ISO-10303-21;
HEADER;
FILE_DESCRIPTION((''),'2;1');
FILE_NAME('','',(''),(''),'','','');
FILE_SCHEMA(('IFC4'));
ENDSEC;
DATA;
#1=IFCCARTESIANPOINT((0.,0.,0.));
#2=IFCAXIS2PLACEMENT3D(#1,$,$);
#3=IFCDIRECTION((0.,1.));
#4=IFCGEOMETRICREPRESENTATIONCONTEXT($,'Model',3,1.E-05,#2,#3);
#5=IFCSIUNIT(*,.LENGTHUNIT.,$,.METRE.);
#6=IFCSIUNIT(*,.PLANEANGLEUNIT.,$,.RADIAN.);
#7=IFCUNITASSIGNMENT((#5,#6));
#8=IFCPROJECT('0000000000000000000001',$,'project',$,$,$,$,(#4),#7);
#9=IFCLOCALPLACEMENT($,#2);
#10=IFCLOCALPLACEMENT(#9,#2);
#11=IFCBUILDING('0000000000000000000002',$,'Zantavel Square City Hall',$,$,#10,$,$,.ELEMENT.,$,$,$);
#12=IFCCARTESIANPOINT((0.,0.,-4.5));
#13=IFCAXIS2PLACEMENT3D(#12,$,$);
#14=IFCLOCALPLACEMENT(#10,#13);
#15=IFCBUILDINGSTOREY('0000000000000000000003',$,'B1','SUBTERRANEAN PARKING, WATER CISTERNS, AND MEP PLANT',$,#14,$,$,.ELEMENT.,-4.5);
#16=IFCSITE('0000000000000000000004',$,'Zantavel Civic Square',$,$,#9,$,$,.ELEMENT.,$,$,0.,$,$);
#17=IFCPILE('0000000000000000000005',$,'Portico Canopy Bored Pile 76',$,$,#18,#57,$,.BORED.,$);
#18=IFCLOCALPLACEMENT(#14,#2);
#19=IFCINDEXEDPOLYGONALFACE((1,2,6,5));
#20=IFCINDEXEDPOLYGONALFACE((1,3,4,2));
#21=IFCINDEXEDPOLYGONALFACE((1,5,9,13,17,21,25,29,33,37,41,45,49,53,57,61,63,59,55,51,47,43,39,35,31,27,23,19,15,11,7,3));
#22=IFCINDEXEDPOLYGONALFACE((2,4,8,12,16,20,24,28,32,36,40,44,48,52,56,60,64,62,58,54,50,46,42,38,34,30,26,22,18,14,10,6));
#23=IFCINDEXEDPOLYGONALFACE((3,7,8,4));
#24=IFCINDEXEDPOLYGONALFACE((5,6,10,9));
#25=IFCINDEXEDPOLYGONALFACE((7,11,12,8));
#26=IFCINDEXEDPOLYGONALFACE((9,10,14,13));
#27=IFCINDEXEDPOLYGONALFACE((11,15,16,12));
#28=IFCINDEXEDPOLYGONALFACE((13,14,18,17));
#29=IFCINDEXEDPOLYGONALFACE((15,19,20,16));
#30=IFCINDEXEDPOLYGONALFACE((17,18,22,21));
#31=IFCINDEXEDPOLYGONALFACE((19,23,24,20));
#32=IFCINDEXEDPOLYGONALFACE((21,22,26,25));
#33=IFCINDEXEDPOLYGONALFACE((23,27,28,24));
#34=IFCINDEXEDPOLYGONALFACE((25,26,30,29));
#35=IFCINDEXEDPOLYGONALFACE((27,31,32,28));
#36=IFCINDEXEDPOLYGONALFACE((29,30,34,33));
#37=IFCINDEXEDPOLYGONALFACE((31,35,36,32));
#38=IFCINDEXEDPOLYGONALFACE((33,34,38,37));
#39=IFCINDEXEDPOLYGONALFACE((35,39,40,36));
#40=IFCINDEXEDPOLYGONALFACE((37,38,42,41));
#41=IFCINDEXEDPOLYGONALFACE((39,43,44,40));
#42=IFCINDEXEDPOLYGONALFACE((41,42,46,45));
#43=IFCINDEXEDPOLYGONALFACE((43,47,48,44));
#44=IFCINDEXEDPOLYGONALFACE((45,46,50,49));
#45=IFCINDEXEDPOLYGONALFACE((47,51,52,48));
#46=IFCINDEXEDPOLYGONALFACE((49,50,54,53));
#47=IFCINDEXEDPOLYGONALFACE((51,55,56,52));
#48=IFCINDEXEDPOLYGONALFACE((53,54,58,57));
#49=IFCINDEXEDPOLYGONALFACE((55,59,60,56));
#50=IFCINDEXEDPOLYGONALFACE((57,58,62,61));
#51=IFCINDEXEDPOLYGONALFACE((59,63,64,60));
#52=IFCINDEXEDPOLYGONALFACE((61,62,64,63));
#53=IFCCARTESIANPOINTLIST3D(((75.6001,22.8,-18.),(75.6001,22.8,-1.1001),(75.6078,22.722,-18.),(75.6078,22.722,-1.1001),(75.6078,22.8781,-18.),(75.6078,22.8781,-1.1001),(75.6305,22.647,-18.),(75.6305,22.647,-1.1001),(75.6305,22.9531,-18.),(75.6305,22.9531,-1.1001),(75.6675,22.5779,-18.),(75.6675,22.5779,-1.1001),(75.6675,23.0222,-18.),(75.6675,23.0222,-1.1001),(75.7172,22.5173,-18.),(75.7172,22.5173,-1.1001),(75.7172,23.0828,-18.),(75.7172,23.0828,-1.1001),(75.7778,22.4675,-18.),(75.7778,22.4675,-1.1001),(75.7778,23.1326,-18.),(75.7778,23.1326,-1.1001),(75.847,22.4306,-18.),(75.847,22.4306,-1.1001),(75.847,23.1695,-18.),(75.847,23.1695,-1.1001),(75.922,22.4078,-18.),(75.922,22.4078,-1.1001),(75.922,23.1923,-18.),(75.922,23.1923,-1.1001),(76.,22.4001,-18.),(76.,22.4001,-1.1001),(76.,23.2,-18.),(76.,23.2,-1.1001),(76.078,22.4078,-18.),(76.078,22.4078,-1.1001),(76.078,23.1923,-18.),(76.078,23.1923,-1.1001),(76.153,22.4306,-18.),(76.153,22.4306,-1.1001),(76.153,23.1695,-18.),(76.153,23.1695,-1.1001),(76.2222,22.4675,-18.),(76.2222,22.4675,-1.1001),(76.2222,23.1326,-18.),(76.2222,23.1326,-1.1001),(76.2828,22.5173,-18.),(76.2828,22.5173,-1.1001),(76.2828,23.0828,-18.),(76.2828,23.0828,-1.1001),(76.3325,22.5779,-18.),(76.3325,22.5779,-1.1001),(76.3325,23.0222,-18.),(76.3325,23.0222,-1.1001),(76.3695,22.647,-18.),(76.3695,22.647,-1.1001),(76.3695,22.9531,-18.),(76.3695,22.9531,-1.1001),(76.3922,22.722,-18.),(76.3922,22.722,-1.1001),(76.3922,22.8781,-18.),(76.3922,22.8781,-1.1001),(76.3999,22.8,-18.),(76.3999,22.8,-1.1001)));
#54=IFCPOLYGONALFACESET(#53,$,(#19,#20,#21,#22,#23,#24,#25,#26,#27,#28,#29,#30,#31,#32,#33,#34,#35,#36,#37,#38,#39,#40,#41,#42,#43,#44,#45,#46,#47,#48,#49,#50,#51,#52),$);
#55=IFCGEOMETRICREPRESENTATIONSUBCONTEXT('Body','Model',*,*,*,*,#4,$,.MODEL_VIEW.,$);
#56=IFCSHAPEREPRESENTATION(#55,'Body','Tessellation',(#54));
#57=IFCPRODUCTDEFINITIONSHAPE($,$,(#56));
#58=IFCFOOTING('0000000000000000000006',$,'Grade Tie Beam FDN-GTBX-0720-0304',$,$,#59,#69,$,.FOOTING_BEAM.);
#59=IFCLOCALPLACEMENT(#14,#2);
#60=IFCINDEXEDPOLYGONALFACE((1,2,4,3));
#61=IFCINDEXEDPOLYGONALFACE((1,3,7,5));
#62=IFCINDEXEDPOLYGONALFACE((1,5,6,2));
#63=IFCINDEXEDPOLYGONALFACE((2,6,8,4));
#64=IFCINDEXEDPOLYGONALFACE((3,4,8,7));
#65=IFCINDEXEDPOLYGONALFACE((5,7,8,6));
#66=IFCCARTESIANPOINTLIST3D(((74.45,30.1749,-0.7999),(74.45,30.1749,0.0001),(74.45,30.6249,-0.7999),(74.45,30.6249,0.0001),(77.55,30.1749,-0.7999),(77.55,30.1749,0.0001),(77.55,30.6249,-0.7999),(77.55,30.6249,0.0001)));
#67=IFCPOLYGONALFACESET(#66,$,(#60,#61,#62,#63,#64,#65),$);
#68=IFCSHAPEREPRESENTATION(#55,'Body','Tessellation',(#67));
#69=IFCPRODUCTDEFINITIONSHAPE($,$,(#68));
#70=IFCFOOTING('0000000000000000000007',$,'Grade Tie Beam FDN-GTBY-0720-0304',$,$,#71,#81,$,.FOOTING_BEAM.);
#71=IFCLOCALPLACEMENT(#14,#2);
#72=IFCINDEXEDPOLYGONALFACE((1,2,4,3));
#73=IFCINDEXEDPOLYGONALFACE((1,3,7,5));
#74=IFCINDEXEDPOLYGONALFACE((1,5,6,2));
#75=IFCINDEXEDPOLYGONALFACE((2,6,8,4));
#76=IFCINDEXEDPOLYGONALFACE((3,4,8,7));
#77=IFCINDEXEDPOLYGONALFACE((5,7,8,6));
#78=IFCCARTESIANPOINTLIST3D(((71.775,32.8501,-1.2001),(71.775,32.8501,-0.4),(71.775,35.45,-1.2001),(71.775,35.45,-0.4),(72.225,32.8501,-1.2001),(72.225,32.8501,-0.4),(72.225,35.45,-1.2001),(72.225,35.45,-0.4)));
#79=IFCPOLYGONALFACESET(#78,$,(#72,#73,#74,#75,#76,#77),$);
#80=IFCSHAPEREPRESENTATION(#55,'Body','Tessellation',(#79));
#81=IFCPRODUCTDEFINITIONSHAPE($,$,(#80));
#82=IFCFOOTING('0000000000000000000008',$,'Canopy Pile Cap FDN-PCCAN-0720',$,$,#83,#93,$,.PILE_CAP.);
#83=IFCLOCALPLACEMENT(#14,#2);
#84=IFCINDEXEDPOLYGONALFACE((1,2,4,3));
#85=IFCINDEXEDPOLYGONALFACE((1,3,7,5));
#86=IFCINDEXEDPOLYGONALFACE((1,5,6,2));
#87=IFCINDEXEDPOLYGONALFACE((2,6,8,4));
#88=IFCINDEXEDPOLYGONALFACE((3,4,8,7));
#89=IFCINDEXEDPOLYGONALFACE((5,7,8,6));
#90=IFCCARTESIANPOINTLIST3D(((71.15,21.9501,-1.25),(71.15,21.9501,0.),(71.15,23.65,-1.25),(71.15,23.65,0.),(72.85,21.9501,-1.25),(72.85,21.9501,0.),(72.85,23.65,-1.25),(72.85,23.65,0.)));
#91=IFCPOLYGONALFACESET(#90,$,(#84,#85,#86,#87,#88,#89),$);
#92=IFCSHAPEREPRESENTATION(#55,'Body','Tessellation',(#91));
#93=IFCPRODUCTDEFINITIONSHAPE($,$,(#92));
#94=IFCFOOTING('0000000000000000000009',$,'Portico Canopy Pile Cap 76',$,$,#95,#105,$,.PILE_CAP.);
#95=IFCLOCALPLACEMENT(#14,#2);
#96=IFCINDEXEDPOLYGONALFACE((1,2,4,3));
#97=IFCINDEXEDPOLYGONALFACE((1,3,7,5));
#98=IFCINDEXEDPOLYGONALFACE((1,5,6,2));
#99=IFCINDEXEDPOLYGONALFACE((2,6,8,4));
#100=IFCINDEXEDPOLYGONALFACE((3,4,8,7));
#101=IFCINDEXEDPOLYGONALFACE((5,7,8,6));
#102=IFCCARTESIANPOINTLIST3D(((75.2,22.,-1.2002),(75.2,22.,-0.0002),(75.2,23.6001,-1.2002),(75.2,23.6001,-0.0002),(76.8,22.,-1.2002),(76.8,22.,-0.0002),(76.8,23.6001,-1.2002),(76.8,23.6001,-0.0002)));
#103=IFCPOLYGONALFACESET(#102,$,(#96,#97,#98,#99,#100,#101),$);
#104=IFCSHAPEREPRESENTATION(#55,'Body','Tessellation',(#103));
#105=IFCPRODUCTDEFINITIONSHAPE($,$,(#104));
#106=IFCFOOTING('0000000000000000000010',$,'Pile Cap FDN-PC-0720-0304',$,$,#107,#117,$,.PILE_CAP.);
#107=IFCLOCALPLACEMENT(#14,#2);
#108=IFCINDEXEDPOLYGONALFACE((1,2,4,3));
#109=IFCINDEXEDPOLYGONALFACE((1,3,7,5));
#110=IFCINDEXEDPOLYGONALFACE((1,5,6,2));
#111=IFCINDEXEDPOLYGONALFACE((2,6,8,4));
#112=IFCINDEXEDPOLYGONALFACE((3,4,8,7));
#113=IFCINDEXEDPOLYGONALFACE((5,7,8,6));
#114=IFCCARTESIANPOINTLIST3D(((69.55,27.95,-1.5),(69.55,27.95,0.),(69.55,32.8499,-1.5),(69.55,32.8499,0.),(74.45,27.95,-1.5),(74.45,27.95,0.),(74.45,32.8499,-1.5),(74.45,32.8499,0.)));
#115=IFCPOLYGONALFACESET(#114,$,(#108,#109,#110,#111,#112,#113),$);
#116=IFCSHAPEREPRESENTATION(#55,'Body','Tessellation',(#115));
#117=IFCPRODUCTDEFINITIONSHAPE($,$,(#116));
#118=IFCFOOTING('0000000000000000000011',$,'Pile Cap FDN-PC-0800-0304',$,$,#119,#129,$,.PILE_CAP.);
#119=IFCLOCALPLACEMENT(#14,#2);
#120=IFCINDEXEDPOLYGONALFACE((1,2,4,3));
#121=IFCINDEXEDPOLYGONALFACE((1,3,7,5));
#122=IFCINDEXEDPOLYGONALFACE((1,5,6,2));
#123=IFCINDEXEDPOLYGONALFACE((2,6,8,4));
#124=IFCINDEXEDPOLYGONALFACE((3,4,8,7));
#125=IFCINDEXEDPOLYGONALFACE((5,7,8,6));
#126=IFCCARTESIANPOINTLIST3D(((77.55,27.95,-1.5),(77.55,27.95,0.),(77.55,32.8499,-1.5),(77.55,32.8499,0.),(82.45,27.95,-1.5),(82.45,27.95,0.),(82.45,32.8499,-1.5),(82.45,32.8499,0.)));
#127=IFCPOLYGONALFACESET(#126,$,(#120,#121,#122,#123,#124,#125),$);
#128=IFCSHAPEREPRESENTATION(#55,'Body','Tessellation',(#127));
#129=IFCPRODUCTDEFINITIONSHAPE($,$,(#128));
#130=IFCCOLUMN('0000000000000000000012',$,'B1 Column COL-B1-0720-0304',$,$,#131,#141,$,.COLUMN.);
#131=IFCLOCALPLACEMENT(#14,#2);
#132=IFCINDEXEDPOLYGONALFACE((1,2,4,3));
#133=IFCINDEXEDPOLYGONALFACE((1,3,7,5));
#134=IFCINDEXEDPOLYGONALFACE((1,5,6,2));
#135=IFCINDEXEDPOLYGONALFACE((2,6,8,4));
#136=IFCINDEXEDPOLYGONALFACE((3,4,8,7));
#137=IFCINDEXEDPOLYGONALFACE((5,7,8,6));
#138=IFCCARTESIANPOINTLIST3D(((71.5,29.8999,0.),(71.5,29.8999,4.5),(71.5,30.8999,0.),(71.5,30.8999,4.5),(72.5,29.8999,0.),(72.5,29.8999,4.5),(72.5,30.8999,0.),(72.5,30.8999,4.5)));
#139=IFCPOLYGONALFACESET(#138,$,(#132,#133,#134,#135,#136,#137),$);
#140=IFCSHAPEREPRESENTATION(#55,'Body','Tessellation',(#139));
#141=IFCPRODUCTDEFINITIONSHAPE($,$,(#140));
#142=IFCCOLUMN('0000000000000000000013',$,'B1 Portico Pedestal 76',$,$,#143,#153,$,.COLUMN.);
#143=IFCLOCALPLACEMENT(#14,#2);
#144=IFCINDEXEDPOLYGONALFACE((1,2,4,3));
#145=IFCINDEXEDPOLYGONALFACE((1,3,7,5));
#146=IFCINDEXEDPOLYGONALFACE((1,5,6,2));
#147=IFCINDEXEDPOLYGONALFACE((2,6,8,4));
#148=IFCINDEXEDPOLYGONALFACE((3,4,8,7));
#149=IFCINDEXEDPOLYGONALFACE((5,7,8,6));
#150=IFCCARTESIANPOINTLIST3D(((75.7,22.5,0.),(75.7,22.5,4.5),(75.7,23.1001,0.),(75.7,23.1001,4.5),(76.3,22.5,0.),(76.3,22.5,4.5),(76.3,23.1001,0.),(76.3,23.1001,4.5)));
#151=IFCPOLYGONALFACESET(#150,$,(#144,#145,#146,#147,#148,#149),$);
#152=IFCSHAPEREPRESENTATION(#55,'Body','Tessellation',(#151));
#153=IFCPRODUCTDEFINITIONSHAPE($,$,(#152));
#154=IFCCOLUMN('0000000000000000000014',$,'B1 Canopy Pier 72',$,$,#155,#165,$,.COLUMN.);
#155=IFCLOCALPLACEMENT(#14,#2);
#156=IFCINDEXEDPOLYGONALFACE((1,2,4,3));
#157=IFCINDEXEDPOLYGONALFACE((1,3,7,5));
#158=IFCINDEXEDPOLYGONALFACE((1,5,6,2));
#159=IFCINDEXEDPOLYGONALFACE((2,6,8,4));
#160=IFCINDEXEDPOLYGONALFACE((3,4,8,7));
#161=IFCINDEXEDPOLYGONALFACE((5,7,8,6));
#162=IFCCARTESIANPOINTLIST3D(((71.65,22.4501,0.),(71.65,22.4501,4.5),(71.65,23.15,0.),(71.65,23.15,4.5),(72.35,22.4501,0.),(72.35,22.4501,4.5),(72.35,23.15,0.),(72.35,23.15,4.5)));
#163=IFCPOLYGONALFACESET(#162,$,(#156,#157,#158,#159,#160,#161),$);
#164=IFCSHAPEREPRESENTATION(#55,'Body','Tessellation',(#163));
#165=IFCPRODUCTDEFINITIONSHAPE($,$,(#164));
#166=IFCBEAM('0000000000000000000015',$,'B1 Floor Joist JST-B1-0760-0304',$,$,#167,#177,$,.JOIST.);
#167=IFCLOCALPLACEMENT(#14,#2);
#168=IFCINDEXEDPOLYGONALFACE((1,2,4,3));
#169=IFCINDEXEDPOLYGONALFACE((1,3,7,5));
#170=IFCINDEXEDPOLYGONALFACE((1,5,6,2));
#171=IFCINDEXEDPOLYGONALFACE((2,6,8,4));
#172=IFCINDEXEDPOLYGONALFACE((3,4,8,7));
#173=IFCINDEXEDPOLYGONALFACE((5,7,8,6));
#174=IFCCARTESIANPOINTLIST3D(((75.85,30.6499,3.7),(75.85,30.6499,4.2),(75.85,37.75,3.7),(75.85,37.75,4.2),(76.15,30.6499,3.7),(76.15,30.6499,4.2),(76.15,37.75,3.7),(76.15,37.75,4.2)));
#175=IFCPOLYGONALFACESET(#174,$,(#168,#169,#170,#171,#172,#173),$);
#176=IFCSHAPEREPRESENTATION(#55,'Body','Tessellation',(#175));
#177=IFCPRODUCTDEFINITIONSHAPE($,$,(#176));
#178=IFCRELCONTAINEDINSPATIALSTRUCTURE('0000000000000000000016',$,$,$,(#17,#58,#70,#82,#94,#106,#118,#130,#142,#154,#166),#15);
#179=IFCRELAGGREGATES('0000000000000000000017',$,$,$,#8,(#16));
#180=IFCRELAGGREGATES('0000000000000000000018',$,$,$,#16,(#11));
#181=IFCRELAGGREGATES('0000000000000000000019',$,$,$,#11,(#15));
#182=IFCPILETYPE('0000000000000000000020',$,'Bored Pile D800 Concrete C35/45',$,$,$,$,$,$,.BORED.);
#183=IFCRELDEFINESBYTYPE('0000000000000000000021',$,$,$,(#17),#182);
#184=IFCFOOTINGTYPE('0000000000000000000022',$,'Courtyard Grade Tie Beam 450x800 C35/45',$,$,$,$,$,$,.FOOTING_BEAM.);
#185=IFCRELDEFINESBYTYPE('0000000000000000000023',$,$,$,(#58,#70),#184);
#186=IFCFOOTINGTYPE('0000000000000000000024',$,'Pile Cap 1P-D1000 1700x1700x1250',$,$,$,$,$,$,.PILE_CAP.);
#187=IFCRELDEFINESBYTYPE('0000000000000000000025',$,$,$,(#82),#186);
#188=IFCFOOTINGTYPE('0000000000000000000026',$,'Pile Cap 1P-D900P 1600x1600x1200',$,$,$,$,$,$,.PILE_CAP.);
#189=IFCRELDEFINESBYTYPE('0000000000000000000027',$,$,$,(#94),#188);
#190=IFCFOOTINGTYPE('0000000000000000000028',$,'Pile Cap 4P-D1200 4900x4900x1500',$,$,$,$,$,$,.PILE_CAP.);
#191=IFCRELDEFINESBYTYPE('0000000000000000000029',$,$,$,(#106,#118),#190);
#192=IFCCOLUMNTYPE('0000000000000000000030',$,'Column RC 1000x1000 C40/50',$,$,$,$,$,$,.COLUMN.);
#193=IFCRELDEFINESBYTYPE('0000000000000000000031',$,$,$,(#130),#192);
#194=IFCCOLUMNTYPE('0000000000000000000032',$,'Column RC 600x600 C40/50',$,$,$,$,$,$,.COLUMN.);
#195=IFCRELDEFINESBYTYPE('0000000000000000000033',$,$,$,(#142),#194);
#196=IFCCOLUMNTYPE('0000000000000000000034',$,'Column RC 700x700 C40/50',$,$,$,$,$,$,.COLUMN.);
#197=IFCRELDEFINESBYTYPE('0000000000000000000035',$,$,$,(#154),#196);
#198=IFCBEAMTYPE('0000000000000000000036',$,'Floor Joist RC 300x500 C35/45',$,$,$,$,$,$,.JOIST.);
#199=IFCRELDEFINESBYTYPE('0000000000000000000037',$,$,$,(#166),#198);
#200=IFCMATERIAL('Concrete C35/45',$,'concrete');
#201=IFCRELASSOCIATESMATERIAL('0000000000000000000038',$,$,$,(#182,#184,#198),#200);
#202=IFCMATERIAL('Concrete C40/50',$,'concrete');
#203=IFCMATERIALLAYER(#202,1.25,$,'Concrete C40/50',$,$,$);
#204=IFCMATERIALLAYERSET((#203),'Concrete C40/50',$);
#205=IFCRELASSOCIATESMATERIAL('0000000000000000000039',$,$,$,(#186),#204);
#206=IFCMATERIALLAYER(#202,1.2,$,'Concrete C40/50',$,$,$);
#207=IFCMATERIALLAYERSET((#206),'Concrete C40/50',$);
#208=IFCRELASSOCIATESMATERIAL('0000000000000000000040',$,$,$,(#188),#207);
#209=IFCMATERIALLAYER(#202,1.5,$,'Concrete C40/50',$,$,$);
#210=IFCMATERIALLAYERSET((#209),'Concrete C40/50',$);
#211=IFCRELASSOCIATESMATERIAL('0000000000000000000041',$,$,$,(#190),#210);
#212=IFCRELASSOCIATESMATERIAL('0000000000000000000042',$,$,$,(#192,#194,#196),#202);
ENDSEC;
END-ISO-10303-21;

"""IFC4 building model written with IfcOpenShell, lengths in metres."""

from ifc_helpers import new_model, si_unit, direction, frame, origin, origin_2d, place, context, subcontext, project, spatial, rectangle, circle, extrude, material, layer, layer_set, material_profile, profile_set, type_object, element, save


model = new_model("IFC4")

# Units and contexts
model_context = context("Model", 3, precision=1e-05, world=origin(), true_north=direction((0.0, 1.0)))
body_context = subcontext(model_context, "Body", "Model", "MODEL_VIEW")
ifc_project = project(units=[si_unit("LENGTHUNIT", "METRE"), si_unit("PLANEANGLEUNIT", "RADIAN")], contexts=[model_context])

# Site, building, storey
site_placement = place(None, origin())
site = spatial("IfcSite", under=ifc_project, at=site_placement, Name="Zantavel Civic Square", CompositionType="ELEMENT", RefElevation=0.0)
building_placement = place(site_placement, origin())
building = spatial("IfcBuilding", under=site, at=building_placement, Name="Zantavel Square City Hall", CompositionType="ELEMENT")
storey_placement = place(building_placement, frame((0.0, 0.0, -4.5)))
storey = spatial("IfcBuildingStorey", under=building, at=storey_placement, Name="B1", Description="SUBTERRANEAN PARKING, WATER CISTERNS, AND MEP PLANT", CompositionType="ELEMENT", Elevation=-4.5)

# Pile
ifc_material_1 = material(Name="Concrete C35/45", Category="concrete")
ifc_material_profile_1 = material_profile(ifc_material_1, circle(Radius=0.3999, at=origin_2d()), Name="PILE D800")
ifc_profile_set_1 = profile_set([ifc_material_profile_1], Name="Concrete C35/45")
pile_type_1 = type_object("IfcPileType", Name="Bored Pile D800 Concrete C35/45", PredefinedType="BORED", material=ifc_profile_set_1)
pile_1_placement = place(storey_placement, frame((76.0, 22.8, -1.1001), z_axis=(0.0, 0.0, -1.0), x_axis=(1.0, 0.0, 0.0)))
element("IfcPile", 1, at=pile_1_placement, inside=storey, type_object=pile_type_1, Name="Portico Canopy Bored Pile 76", PredefinedType="BORED", context=body_context, shape_type="SweptSolid", body=[
    extrude(circle(Radius=0.3999, at=origin_2d()), origin(), (0.0, 0.0, 1.0), 16.8999),
])

# Footings
ifc_material_profile_2 = material_profile(ifc_material_1, rectangle(XDim=0.45, YDim=0.8, at=origin_2d()), Name="RC 450x800")
ifc_profile_set_2 = profile_set([ifc_material_profile_2], Name="Concrete C35/45")
footing_type_1 = type_object("IfcFootingType", Name="Courtyard Grade Tie Beam 450x800 C35/45", PredefinedType="FOOTING_BEAM", material=ifc_profile_set_2)
footing_1_placement = place(storey_placement, frame((74.45, 30.3999, -0.3999), z_axis=(1.0, 0.0, 0.0), x_axis=(0.0, 1.0, 0.0)))
element("IfcFooting", 2, at=footing_1_placement, inside=storey, type_object=footing_type_1, Name="Grade Tie Beam FDN-GTBX-0720-0304", PredefinedType="FOOTING_BEAM", context=body_context, shape_type="SweptSolid", body=[
    extrude(rectangle(XDim=0.45, YDim=0.8, at=origin_2d()), origin(), (0.0, 0.0, 1.0), 3.1001),
])
footing_2_placement = place(storey_placement, frame((72.0, 32.8501, -0.8), z_axis=(0.0, 1.0, 0.0), x_axis=(-1.0, 0.0, 0.0)))
element("IfcFooting", 3, at=footing_2_placement, inside=storey, type_object=footing_type_1, Name="Grade Tie Beam FDN-GTBY-0720-0304", PredefinedType="FOOTING_BEAM", context=body_context, shape_type="SweptSolid", body=[
    extrude(rectangle(XDim=0.45, YDim=0.8, at=origin_2d()), origin(), (0.0, 0.0, 1.0), 2.5999),
])
ifc_material_2 = material(Name="Concrete C40/50", Category="concrete")
ifc_layer_1 = layer(ifc_material_2, 1.25, Name="Concrete C40/50")
ifc_layer_set_1 = layer_set([ifc_layer_1], Name="Concrete C40/50")
footing_type_2 = type_object("IfcFootingType", Name="Pile Cap 1P-D1000 1700x1700x1250", PredefinedType="PILE_CAP", material=ifc_layer_set_1)
footing_3_placement = place(storey_placement, frame((72.0, 22.8, -1.25), z_axis=(0.0, 0.0, 1.0), x_axis=(1.0, 0.0, 0.0)))
element("IfcFooting", 4, at=footing_3_placement, inside=storey, type_object=footing_type_2, Name="Canopy Pile Cap FDN-PCCAN-0720", PredefinedType="PILE_CAP", context=body_context, shape_type="SweptSolid", body=[
    extrude(rectangle(XDim=1.7, YDim=1.7, at=origin_2d()), origin(), (0.0, 0.0, 1.0), 1.25),
])
ifc_layer_2 = layer(ifc_material_2, 1.2, Name="Concrete C40/50")
ifc_layer_set_2 = layer_set([ifc_layer_2], Name="Concrete C40/50")
footing_type_3 = type_object("IfcFootingType", Name="Pile Cap 1P-D900P 1600x1600x1200", PredefinedType="PILE_CAP", material=ifc_layer_set_2)
footing_4_placement = place(storey_placement, frame((76.0, 22.8, -1.2002), z_axis=(0.0, 0.0, 1.0), x_axis=(1.0, 0.0, 0.0)))
element("IfcFooting", 5, at=footing_4_placement, inside=storey, type_object=footing_type_3, Name="Portico Canopy Pile Cap 76", PredefinedType="PILE_CAP", context=body_context, shape_type="SweptSolid", body=[
    extrude(rectangle(XDim=1.6001, YDim=1.6001, at=origin_2d()), origin(), (0.0, 0.0, 1.0), 1.2),
])
ifc_layer_3 = layer(ifc_material_2, 1.5, Name="Concrete C40/50")
ifc_layer_set_3 = layer_set([ifc_layer_3], Name="Concrete C40/50")
footing_type_4 = type_object("IfcFootingType", Name="Pile Cap 4P-D1200 4900x4900x1500", PredefinedType="PILE_CAP", material=ifc_layer_set_3)
for number, where, z_axis, x_axis, name in (
    (6, (72.0, 30.3999, -1.5), (0.0, 0.0, 1.0), (1.0, 0.0, 0.0), "Pile Cap FDN-PC-0720-0304"),
    (7, (80.0, 30.3999, -1.5), (0.0, 0.0, 1.0), (1.0, 0.0, 0.0), "Pile Cap FDN-PC-0800-0304"),
):
    element("IfcFooting", number, at=place(storey_placement, frame(where, z_axis=z_axis, x_axis=x_axis)), inside=storey, type_object=footing_type_4, Name=name, PredefinedType="PILE_CAP", context=body_context, shape_type="SweptSolid", body=[
        extrude(rectangle(XDim=4.8999, YDim=4.8999, at=origin_2d()), origin(), (0.0, 0.0, 1.0), 1.5),
    ])

# Columns
ifc_material_profile_3 = material_profile(ifc_material_2, rectangle(XDim=1.0, YDim=1.0, at=origin_2d()), Name="RC 1000x1000")
ifc_profile_set_3 = profile_set([ifc_material_profile_3], Name="Concrete C40/50")
column_type_1 = type_object("IfcColumnType", Name="Column RC 1000x1000 C40/50", PredefinedType="COLUMN", material=ifc_profile_set_3)
column_1_placement = place(storey_placement, frame((72.0, 30.3999, 0.0), z_axis=(0.0, 0.0, 1.0), x_axis=(1.0, 0.0, 0.0)))
element("IfcColumn", 8, at=column_1_placement, inside=storey, type_object=column_type_1, Name="B1 Column COL-B1-0720-0304", PredefinedType="COLUMN", context=body_context, shape_type="SweptSolid", body=[
    extrude(rectangle(XDim=1.0, YDim=1.0, at=origin_2d()), origin(), (0.0, 0.0, 1.0), 4.5),
])
ifc_material_profile_4 = material_profile(ifc_material_2, rectangle(XDim=0.6001, YDim=0.6001, at=origin_2d()), Name="RC 600x600")
ifc_profile_set_4 = profile_set([ifc_material_profile_4], Name="Concrete C40/50")
column_type_2 = type_object("IfcColumnType", Name="Column RC 600x600 C40/50", PredefinedType="COLUMN", material=ifc_profile_set_4)
column_2_placement = place(storey_placement, frame((76.0, 22.8, 0.0), z_axis=(0.0, 0.0, 1.0), x_axis=(1.0, 0.0, 0.0)))
element("IfcColumn", 9, at=column_2_placement, inside=storey, type_object=column_type_2, Name="B1 Portico Pedestal 76", PredefinedType="COLUMN", context=body_context, shape_type="SweptSolid", body=[
    extrude(rectangle(XDim=0.6001, YDim=0.6001, at=origin_2d()), origin(), (0.0, 0.0, 1.0), 4.5),
])
ifc_material_profile_5 = material_profile(ifc_material_2, rectangle(XDim=0.7, YDim=0.7, at=origin_2d()), Name="RC 700x700")
ifc_profile_set_5 = profile_set([ifc_material_profile_5], Name="Concrete C40/50")
column_type_3 = type_object("IfcColumnType", Name="Column RC 700x700 C40/50", PredefinedType="COLUMN", material=ifc_profile_set_5)
column_3_placement = place(storey_placement, frame((72.0, 22.8, 0.0), z_axis=(0.0, 0.0, 1.0), x_axis=(1.0, 0.0, 0.0)))
element("IfcColumn", 10, at=column_3_placement, inside=storey, type_object=column_type_3, Name="B1 Canopy Pier 72", PredefinedType="COLUMN", context=body_context, shape_type="SweptSolid", body=[
    extrude(rectangle(XDim=0.7, YDim=0.7, at=origin_2d()), origin(), (0.0, 0.0, 1.0), 4.5),
])

# Beam
ifc_material_profile_6 = material_profile(ifc_material_1, rectangle(XDim=0.3, YDim=0.5, at=origin_2d()), Name="RC 300x500")
ifc_profile_set_6 = profile_set([ifc_material_profile_6], Name="Concrete C35/45")
beam_type_1 = type_object("IfcBeamType", Name="Floor Joist RC 300x500 C35/45", PredefinedType="JOIST", material=ifc_profile_set_6)
beam_1_placement = place(storey_placement, frame((76.0, 30.6499, 3.95), z_axis=(0.0, 1.0, 0.0), x_axis=(-1.0, 0.0, 0.0)))
element("IfcBeam", 11, at=beam_1_placement, inside=storey, type_object=beam_type_1, Name="B1 Floor Joist JST-B1-0760-0304", PredefinedType="JOIST", context=body_context, shape_type="SweptSolid", body=[
    extrude(rectangle(XDim=0.3, YDim=0.5, at=origin_2d()), origin(), (0.0, 0.0, 1.0), 7.1001),
])

save(model, "model.ifc")
